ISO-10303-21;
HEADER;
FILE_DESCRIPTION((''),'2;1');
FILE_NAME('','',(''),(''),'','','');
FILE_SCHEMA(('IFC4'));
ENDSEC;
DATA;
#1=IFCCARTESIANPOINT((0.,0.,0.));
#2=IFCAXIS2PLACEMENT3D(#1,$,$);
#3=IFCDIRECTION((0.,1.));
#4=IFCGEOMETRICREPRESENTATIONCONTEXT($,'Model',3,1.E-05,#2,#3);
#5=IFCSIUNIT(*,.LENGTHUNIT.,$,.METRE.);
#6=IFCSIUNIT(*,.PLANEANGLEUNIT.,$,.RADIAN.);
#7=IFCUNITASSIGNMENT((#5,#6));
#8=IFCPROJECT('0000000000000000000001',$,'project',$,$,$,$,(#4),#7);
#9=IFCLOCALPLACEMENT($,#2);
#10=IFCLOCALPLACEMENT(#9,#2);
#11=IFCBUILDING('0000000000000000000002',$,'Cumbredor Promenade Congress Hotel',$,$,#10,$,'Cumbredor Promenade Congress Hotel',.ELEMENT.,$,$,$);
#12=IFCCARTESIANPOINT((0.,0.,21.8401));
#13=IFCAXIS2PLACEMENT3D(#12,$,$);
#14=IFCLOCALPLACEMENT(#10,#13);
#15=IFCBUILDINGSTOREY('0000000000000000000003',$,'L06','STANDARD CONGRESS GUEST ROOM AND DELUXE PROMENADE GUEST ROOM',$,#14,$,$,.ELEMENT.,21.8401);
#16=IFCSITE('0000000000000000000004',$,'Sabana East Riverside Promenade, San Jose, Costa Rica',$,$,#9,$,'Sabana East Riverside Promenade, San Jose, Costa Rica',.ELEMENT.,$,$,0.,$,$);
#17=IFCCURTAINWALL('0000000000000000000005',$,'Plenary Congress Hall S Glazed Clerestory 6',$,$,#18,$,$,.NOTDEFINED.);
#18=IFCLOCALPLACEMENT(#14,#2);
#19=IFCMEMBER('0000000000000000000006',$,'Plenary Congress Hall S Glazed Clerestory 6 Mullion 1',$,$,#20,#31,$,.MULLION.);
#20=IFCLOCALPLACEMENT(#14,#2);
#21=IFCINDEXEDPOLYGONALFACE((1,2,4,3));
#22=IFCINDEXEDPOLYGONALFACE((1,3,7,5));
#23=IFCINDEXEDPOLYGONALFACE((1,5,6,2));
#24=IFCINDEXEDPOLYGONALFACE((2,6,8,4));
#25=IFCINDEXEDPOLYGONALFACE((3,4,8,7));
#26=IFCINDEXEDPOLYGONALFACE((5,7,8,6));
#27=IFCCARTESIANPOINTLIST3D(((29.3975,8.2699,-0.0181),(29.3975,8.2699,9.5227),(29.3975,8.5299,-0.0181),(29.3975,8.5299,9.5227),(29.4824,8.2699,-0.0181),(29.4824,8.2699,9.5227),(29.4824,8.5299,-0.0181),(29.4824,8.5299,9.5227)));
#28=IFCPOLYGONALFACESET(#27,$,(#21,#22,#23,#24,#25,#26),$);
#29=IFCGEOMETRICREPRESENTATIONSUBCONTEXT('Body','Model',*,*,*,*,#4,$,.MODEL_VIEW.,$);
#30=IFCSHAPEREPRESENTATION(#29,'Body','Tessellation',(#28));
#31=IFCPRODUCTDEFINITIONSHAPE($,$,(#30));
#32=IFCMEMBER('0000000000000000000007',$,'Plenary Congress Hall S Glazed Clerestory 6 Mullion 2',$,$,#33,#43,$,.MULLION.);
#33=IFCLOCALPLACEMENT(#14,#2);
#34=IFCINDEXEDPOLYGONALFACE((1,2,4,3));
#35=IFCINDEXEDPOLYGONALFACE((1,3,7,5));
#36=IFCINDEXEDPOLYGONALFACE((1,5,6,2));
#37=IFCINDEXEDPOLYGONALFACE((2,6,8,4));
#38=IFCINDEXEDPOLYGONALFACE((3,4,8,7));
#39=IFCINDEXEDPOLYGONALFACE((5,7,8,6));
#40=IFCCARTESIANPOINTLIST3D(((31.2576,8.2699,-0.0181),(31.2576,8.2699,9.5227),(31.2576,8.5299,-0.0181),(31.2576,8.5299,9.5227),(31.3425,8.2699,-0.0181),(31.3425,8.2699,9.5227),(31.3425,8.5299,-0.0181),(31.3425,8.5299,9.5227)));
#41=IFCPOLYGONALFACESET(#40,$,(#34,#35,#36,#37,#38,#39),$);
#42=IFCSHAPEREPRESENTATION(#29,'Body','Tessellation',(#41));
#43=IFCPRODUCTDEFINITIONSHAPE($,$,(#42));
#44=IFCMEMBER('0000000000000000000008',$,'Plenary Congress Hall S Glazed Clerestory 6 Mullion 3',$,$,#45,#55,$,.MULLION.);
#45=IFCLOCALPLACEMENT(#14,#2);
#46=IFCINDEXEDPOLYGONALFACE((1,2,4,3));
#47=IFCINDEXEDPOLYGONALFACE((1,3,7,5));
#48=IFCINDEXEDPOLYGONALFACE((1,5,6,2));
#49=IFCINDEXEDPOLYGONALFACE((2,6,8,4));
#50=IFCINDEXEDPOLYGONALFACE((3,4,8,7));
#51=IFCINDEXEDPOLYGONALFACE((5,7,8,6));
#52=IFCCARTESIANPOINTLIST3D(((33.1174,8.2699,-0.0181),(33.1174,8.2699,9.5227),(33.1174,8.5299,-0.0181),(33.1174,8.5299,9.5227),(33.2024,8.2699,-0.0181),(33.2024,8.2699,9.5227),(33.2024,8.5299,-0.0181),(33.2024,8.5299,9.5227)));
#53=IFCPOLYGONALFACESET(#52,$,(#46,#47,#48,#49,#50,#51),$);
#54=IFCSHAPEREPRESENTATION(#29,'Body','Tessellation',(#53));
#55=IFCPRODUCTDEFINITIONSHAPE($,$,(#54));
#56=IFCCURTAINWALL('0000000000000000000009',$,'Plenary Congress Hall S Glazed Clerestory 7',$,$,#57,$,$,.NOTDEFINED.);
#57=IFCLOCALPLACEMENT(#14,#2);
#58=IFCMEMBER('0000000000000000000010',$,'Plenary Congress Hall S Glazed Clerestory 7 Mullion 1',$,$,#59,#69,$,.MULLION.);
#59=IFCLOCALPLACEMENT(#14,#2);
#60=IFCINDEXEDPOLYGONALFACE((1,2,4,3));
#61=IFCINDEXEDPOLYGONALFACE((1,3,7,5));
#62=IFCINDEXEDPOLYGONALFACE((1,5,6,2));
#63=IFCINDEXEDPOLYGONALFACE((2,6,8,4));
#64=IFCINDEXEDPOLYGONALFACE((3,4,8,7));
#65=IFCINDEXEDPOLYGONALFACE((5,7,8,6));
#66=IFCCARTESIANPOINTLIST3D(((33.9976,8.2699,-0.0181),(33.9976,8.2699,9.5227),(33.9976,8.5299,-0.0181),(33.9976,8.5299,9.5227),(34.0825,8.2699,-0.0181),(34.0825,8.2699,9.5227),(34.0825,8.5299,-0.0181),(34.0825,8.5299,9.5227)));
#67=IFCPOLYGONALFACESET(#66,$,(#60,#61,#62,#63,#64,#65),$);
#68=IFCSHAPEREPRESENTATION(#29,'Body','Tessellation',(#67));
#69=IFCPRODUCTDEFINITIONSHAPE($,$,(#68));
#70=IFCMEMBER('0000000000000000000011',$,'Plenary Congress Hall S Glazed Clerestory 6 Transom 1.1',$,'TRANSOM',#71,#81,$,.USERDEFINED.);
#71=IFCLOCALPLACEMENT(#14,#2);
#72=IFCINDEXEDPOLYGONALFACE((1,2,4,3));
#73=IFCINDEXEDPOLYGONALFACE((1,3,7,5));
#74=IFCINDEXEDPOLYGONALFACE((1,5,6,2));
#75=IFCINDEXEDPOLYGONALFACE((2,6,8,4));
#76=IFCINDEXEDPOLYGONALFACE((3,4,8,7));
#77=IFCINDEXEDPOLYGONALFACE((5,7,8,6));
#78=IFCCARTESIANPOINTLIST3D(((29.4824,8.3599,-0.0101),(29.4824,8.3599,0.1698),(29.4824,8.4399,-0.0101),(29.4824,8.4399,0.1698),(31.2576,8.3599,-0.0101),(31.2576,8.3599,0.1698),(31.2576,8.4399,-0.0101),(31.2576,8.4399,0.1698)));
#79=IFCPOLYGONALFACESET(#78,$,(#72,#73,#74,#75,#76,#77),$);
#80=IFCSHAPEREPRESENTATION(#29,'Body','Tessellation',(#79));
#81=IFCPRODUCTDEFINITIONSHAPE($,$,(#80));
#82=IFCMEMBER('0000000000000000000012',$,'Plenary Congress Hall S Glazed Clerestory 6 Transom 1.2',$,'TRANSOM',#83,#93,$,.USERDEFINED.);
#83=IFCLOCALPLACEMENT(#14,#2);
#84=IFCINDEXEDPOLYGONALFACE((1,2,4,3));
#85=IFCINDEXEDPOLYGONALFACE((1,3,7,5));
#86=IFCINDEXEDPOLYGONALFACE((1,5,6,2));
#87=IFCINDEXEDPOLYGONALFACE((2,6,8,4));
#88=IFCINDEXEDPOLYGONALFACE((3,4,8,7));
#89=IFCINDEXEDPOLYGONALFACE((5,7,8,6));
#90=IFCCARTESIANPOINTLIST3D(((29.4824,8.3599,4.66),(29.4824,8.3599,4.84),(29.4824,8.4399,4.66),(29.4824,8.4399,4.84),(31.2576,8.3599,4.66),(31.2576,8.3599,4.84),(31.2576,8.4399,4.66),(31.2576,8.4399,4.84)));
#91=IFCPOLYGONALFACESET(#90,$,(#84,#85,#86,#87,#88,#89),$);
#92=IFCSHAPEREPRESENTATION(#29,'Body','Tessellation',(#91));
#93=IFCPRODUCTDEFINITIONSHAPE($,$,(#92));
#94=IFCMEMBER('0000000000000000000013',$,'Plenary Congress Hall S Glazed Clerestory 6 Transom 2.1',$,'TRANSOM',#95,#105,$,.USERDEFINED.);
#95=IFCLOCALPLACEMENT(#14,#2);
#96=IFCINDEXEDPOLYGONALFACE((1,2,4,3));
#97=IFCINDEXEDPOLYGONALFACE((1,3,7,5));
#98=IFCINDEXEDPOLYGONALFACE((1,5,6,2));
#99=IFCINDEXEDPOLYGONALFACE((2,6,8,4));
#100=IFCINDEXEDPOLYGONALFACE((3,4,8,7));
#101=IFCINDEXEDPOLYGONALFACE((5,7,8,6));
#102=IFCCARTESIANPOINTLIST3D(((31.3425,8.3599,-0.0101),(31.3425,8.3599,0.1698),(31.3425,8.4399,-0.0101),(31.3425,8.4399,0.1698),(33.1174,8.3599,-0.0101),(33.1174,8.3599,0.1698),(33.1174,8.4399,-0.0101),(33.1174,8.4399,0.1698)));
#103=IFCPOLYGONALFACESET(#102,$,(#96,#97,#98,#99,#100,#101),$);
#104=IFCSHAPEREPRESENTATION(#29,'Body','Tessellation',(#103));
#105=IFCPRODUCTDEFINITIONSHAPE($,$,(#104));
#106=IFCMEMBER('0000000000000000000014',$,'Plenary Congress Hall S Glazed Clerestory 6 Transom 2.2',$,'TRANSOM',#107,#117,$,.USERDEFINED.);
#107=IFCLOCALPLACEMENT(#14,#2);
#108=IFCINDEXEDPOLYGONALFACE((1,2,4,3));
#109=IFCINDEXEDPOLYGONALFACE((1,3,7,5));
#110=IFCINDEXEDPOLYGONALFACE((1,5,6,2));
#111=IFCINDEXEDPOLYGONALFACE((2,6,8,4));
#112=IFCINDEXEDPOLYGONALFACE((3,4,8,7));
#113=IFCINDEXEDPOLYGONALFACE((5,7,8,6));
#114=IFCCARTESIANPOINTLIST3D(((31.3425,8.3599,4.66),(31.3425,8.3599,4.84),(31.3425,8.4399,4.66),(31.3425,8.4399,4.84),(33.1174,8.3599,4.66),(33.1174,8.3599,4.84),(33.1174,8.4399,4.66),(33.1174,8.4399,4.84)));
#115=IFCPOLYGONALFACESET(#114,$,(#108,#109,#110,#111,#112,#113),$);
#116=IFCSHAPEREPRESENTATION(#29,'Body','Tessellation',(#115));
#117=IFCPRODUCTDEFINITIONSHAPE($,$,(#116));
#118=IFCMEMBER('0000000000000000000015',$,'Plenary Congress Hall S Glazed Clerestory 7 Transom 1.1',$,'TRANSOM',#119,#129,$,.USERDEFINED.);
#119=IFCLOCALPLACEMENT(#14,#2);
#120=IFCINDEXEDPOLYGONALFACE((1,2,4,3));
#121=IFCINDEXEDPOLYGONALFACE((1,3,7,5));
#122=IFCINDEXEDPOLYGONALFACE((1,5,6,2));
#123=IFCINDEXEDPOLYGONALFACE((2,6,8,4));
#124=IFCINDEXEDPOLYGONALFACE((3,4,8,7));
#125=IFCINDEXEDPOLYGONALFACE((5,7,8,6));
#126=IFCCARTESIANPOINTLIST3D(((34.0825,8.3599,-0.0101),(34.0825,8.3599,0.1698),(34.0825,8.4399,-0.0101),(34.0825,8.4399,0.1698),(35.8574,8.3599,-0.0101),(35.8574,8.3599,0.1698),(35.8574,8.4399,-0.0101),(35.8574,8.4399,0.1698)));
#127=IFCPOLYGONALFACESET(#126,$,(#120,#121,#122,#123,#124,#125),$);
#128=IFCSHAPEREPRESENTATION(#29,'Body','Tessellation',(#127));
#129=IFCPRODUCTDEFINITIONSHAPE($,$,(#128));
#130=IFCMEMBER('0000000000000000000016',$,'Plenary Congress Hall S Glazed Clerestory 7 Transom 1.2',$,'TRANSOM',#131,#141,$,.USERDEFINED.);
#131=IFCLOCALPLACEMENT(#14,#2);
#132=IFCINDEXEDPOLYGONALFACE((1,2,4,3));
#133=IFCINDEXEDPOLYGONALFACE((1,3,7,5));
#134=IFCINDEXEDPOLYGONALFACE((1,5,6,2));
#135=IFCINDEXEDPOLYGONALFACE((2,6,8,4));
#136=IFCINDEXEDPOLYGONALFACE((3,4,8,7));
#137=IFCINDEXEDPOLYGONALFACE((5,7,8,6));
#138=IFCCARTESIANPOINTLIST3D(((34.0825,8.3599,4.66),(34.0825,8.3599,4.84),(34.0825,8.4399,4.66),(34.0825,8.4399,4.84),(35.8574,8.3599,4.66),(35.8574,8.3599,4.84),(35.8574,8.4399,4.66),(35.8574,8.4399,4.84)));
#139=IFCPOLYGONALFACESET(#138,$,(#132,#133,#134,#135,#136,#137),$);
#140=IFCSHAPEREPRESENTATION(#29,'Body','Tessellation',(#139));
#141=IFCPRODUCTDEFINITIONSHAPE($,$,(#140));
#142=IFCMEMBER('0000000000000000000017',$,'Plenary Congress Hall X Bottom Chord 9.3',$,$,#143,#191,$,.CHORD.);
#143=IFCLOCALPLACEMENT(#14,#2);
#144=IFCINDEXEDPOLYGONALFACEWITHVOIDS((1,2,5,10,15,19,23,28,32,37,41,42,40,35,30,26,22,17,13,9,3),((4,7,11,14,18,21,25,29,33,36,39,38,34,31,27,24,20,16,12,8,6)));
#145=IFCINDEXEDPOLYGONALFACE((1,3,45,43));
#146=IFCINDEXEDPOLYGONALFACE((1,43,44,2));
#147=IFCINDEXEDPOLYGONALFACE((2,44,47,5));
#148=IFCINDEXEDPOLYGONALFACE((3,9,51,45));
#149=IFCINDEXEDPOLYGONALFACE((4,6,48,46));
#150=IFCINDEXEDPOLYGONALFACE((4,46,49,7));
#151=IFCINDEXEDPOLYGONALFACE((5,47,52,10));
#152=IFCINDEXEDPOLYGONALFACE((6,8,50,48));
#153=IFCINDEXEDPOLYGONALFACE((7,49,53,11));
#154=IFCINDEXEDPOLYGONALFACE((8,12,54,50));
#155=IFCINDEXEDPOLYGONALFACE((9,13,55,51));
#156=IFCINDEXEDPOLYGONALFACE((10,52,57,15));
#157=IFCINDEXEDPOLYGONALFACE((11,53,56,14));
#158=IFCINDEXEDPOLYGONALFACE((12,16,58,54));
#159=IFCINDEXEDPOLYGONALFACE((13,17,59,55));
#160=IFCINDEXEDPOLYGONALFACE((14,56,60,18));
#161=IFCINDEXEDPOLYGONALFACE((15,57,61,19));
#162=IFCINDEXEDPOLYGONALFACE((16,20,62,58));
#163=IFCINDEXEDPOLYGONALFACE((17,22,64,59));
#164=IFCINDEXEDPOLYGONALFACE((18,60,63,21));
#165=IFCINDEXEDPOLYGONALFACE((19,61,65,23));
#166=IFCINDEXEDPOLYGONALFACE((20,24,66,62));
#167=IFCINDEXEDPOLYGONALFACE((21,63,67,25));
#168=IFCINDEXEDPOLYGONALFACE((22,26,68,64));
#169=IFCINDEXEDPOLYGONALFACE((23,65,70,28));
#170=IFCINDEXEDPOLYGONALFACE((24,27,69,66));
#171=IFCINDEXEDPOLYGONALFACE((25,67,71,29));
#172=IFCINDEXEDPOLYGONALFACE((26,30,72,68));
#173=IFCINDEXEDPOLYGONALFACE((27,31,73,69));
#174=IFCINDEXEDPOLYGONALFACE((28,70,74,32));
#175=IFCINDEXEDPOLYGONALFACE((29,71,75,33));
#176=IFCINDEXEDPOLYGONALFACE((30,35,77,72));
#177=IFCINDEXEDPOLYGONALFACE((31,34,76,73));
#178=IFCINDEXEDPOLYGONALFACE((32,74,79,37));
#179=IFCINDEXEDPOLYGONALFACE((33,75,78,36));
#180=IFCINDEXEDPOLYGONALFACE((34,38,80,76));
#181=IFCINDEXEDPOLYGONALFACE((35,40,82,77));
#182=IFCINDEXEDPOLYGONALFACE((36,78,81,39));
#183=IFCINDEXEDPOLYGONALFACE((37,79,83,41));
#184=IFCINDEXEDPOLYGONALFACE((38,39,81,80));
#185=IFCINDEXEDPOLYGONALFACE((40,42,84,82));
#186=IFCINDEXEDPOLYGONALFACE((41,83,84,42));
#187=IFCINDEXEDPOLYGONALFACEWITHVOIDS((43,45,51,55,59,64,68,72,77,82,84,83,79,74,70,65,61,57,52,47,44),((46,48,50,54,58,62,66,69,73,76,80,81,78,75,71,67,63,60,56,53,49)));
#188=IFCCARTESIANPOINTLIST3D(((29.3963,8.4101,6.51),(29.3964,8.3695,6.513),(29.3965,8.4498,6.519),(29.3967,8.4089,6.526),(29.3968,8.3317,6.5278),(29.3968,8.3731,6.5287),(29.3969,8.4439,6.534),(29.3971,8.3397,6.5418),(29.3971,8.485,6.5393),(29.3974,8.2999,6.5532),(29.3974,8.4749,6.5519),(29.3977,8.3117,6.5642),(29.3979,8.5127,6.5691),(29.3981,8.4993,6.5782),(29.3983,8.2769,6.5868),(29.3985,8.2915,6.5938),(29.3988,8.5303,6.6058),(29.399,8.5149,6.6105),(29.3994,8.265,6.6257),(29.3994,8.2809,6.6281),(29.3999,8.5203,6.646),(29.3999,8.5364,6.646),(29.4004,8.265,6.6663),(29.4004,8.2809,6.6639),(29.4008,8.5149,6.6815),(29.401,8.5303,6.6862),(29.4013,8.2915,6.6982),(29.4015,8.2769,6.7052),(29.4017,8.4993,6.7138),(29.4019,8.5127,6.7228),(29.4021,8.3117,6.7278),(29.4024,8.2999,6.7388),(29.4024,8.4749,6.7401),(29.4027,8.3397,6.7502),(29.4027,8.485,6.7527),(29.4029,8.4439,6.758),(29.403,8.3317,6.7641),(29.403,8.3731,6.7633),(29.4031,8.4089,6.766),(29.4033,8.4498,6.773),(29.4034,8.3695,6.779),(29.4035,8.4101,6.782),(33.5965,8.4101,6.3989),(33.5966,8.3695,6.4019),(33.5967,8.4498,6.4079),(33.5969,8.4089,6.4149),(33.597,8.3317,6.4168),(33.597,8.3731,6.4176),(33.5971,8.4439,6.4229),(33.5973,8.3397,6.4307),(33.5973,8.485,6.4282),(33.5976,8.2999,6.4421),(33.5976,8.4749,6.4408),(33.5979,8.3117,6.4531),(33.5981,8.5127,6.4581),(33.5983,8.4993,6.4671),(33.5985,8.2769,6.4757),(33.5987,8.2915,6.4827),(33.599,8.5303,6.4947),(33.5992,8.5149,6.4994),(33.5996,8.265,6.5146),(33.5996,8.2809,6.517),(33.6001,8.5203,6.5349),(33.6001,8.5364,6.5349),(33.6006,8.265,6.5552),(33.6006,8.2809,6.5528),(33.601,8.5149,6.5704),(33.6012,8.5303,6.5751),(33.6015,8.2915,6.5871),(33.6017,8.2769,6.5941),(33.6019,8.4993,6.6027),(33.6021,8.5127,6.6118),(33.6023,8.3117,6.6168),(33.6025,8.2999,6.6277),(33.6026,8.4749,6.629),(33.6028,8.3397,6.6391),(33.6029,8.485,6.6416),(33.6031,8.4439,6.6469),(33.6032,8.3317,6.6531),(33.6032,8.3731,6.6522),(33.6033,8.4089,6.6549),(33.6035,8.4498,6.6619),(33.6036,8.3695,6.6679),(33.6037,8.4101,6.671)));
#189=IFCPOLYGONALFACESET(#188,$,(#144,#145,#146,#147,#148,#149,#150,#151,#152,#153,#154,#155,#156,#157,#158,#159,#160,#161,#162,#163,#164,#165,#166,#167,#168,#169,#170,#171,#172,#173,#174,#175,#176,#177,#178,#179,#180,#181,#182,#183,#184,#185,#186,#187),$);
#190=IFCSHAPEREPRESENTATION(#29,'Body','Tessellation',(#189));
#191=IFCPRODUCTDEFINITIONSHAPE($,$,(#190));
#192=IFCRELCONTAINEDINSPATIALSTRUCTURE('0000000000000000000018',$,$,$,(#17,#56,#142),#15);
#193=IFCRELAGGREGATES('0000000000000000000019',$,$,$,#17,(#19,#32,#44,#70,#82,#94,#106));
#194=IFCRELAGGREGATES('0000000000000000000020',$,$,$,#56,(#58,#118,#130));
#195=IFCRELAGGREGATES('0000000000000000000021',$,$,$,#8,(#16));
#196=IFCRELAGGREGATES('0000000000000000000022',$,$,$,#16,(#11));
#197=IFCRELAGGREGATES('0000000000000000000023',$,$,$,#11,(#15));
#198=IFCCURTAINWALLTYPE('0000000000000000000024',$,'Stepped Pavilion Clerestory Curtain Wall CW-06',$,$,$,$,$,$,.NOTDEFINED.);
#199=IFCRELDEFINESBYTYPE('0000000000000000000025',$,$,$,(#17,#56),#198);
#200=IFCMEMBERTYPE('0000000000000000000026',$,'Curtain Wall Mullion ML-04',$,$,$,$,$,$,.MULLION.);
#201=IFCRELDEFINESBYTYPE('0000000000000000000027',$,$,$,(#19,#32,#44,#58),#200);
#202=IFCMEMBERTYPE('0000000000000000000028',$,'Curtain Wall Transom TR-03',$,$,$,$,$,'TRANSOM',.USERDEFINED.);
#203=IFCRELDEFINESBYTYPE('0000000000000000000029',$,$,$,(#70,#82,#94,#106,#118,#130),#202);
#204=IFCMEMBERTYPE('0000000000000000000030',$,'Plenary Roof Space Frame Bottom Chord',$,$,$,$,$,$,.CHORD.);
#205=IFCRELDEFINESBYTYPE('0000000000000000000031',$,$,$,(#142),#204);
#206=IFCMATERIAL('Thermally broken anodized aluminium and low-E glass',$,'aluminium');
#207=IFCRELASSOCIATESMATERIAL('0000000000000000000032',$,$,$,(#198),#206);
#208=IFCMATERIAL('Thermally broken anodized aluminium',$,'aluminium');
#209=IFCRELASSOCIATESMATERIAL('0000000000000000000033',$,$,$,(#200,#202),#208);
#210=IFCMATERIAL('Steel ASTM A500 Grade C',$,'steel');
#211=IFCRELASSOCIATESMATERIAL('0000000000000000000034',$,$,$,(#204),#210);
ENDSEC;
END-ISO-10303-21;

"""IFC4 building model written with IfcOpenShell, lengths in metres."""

from ifc_helpers import new_model, si_unit, direction, frame, origin, origin_2d, place, context, subcontext, project, spatial, rectangle, hollow_circle, extrude, material, material_profile, profile_set, type_object, element, aggregate, save


model = new_model("IFC4")

# Units and contexts
model_context = context("Model", 3, precision=1e-05, world=origin(), true_north=direction((0.0, 1.0)))
body_context = subcontext(model_context, "Body", "Model", "MODEL_VIEW")
ifc_project = project(units=[si_unit("LENGTHUNIT", "METRE"), si_unit("PLANEANGLEUNIT", "RADIAN")], contexts=[model_context])

# Site, building, storey
site_placement = place(None, origin())
site = spatial("IfcSite", under=ifc_project, at=site_placement, Name="Sabana East Riverside Promenade, San Jose, Costa Rica", LongName="Sabana East Riverside Promenade, San Jose, Costa Rica", CompositionType="ELEMENT", RefElevation=0.0)
building_placement = place(site_placement, origin())
building = spatial("IfcBuilding", under=site, at=building_placement, Name="Cumbredor Promenade Congress Hotel", LongName="Cumbredor Promenade Congress Hotel", CompositionType="ELEMENT")
storey_placement = place(building_placement, frame((0.0, 0.0, 21.8401)))
storey = spatial("IfcBuildingStorey", under=building, at=storey_placement, Name="L06", Description="STANDARD CONGRESS GUEST ROOM AND DELUXE PROMENADE GUEST ROOM", CompositionType="ELEMENT", Elevation=21.8401)

# Curtain wall, members
ifc_material_1 = material(Name="Thermally broken anodized aluminium and low-E glass", Category="aluminium")
curtain_wall_type = type_object("IfcCurtainWallType", Name="Stepped Pavilion Clerestory Curtain Wall CW-06", PredefinedType="NOTDEFINED", material=ifc_material_1)
curtain_wall_1_placement = place(storey_placement, origin())
curtain_wall_1 = element("IfcCurtainWall", 1, at=curtain_wall_1_placement, inside=storey, type_object=curtain_wall_type, Name="Plenary Congress Hall S Glazed Clerestory 6", PredefinedType="NOTDEFINED")
ifc_material_2 = material(Name="Thermally broken anodized aluminium", Category="aluminium")
ifc_material_profile_1 = material_profile(ifc_material_2, rectangle(XDim=0.085, YDim=0.26, at=origin_2d()), Name="ALU MULLION CLERESTORY 85x260")
ifc_profile_set_1 = profile_set([ifc_material_profile_1], Name="Thermally broken anodized aluminium")
member_type_1 = type_object("IfcMemberType", Name="Curtain Wall Mullion ML-04", PredefinedType="MULLION", material=ifc_profile_set_1)
member_1_placement = place(storey_placement, frame((29.4399, 8.3999, -0.0181), z_axis=(0.0, 0.0, 1.0), x_axis=(1.0, 0.0, 0.0)))
member_1 = element("IfcMember", 2, at=member_1_placement, type_object=member_type_1, Name="Plenary Congress Hall S Glazed Clerestory 6 Mullion 1", PredefinedType="MULLION", context=body_context, shape_type="SweptSolid", body=[
    extrude(rectangle(XDim=0.085, YDim=0.26, at=origin_2d()), origin(), (0.0, 0.0, 1.0), 9.5408),
])
member_2_placement = place(storey_placement, frame((31.3, 8.3999, -0.0181), z_axis=(0.0, 0.0, 1.0), x_axis=(1.0, 0.0, 0.0)))
member_2 = element("IfcMember", 3, at=member_2_placement, type_object=member_type_1, Name="Plenary Congress Hall S Glazed Clerestory 6 Mullion 2", PredefinedType="MULLION", context=body_context, shape_type="SweptSolid", body=[
    extrude(rectangle(XDim=0.085, YDim=0.26, at=origin_2d()), origin(), (0.0, 0.0, 1.0), 9.5408),
])
member_3_placement = place(storey_placement, frame((33.1599, 8.3999, -0.0181), z_axis=(0.0, 0.0, 1.0), x_axis=(1.0, 0.0, 0.0)))
member_3 = element("IfcMember", 4, at=member_3_placement, type_object=member_type_1, Name="Plenary Congress Hall S Glazed Clerestory 6 Mullion 3", PredefinedType="MULLION", context=body_context, shape_type="SweptSolid", body=[
    extrude(rectangle(XDim=0.085, YDim=0.26, at=origin_2d()), origin(), (0.0, 0.0, 1.0), 9.5408),
])

# Curtain wall, member
curtain_wall_2_placement = place(storey_placement, origin())
curtain_wall_2 = element("IfcCurtainWall", 5, at=curtain_wall_2_placement, inside=storey, type_object=curtain_wall_type, Name="Plenary Congress Hall S Glazed Clerestory 7", PredefinedType="NOTDEFINED")
member_4_placement = place(storey_placement, frame((34.04, 8.3999, -0.0181), z_axis=(0.0, 0.0, 1.0), x_axis=(1.0, 0.0, 0.0)))
member_4 = element("IfcMember", 6, at=member_4_placement, type_object=member_type_1, Name="Plenary Congress Hall S Glazed Clerestory 7 Mullion 1", PredefinedType="MULLION", context=body_context, shape_type="SweptSolid", body=[
    extrude(rectangle(XDim=0.085, YDim=0.26, at=origin_2d()), origin(), (0.0, 0.0, 1.0), 9.5408),
])

# Members
ifc_material_profile_2 = material_profile(ifc_material_2, rectangle(XDim=0.0801, YDim=0.1799, at=origin_2d()), Name="ALU TRANSOM 80x180")
ifc_profile_set_2 = profile_set([ifc_material_profile_2], Name="Thermally broken anodized aluminium")
member_type_2 = type_object("IfcMemberType", Name="Curtain Wall Transom TR-03", ElementType="TRANSOM", PredefinedType="USERDEFINED", material=ifc_profile_set_2)
member_5_placement = place(storey_placement, frame((29.4824, 8.3999, 0.0798), z_axis=(1.0, 0.0, 0.0), x_axis=(0.0, 1.0, 0.0)))
member_5 = element("IfcMember", 7, at=member_5_placement, type_object=member_type_2, Name="Plenary Congress Hall S Glazed Clerestory 6 Transom 1.1", ObjectType="TRANSOM", PredefinedType="USERDEFINED", context=body_context, shape_type="SweptSolid", body=[
    extrude(rectangle(XDim=0.0801, YDim=0.1799, at=origin_2d()), origin(), (0.0, 0.0, 1.0), 1.7751),
])
member_6_placement = place(storey_placement, frame((29.4824, 8.3999, 4.75), z_axis=(1.0, 0.0, 0.0), x_axis=(0.0, 1.0, 0.0)))
member_6 = element("IfcMember", 8, at=member_6_placement, type_object=member_type_2, Name="Plenary Congress Hall S Glazed Clerestory 6 Transom 1.2", ObjectType="TRANSOM", PredefinedType="USERDEFINED", context=body_context, shape_type="SweptSolid", body=[
    extrude(rectangle(XDim=0.0801, YDim=0.1799, at=origin_2d()), origin(), (0.0, 0.0, 1.0), 1.7751),
])
member_7_placement = place(storey_placement, frame((31.3425, 8.3999, 0.0798), z_axis=(1.0, 0.0, 0.0), x_axis=(0.0, 1.0, 0.0)))
member_7 = element("IfcMember", 9, at=member_7_placement, type_object=member_type_2, Name="Plenary Congress Hall S Glazed Clerestory 6 Transom 2.1", ObjectType="TRANSOM", PredefinedType="USERDEFINED", context=body_context, shape_type="SweptSolid", body=[
    extrude(rectangle(XDim=0.0801, YDim=0.1799, at=origin_2d()), origin(), (0.0, 0.0, 1.0), 1.7749),
])
member_8_placement = place(storey_placement, frame((31.3425, 8.3999, 4.75), z_axis=(1.0, 0.0, 0.0), x_axis=(0.0, 1.0, 0.0)))
member_8 = element("IfcMember", 10, at=member_8_placement, type_object=member_type_2, Name="Plenary Congress Hall S Glazed Clerestory 6 Transom 2.2", ObjectType="TRANSOM", PredefinedType="USERDEFINED", context=body_context, shape_type="SweptSolid", body=[
    extrude(rectangle(XDim=0.0801, YDim=0.1799, at=origin_2d()), origin(), (0.0, 0.0, 1.0), 1.7749),
])
member_9_placement = place(storey_placement, frame((34.0825, 8.3999, 0.0798), z_axis=(1.0, 0.0, 0.0), x_axis=(0.0, 1.0, 0.0)))
member_9 = element("IfcMember", 11, at=member_9_placement, type_object=member_type_2, Name="Plenary Congress Hall S Glazed Clerestory 7 Transom 1.1", ObjectType="TRANSOM", PredefinedType="USERDEFINED", context=body_context, shape_type="SweptSolid", body=[
    extrude(rectangle(XDim=0.0801, YDim=0.1799, at=origin_2d()), origin(), (0.0, 0.0, 1.0), 1.7749),
])
member_10_placement = place(storey_placement, frame((34.0825, 8.3999, 4.75), z_axis=(1.0, 0.0, 0.0), x_axis=(0.0, 1.0, 0.0)))
member_10 = element("IfcMember", 12, at=member_10_placement, type_object=member_type_2, Name="Plenary Congress Hall S Glazed Clerestory 7 Transom 1.2", ObjectType="TRANSOM", PredefinedType="USERDEFINED", context=body_context, shape_type="SweptSolid", body=[
    extrude(rectangle(XDim=0.0801, YDim=0.1799, at=origin_2d()), origin(), (0.0, 0.0, 1.0), 1.7749),
])

# Member
ifc_material_3 = material(Name="Steel ASTM A500 Grade C", Category="steel")
ifc_material_profile_3 = material_profile(ifc_material_3, hollow_circle(Radius=0.1365, WallThickness=0.0161, at=origin_2d()), Name="CHS 273.0x16")
ifc_profile_set_3 = profile_set([ifc_material_profile_3], Name="Steel ASTM A500 Grade C")
member_type_3 = type_object("IfcMemberType", Name="Plenary Roof Space Frame Bottom Chord", PredefinedType="CHORD", material=ifc_profile_set_3)
member_11_placement = place(storey_placement, frame((29.3999, 8.3999, 6.646), z_axis=(0.99965, 0.0, -0.026438), x_axis=(0.0, 1.0, 0.0)))
element("IfcMember", 13, at=member_11_placement, inside=storey, type_object=member_type_3, Name="Plenary Congress Hall X Bottom Chord 9.3", PredefinedType="CHORD", context=body_context, shape_type="SweptSolid", body=[
    extrude(hollow_circle(Radius=0.1365, WallThickness=0.0161, at=origin_2d()), origin(), (0.0, 0.0, 1.0), 4.2017),
])

aggregate(curtain_wall_1, [member_1, member_2, member_3, member_5, member_6, member_7, member_8])
aggregate(curtain_wall_2, [member_4, member_9, member_10])

save(model, "model.ifc")
